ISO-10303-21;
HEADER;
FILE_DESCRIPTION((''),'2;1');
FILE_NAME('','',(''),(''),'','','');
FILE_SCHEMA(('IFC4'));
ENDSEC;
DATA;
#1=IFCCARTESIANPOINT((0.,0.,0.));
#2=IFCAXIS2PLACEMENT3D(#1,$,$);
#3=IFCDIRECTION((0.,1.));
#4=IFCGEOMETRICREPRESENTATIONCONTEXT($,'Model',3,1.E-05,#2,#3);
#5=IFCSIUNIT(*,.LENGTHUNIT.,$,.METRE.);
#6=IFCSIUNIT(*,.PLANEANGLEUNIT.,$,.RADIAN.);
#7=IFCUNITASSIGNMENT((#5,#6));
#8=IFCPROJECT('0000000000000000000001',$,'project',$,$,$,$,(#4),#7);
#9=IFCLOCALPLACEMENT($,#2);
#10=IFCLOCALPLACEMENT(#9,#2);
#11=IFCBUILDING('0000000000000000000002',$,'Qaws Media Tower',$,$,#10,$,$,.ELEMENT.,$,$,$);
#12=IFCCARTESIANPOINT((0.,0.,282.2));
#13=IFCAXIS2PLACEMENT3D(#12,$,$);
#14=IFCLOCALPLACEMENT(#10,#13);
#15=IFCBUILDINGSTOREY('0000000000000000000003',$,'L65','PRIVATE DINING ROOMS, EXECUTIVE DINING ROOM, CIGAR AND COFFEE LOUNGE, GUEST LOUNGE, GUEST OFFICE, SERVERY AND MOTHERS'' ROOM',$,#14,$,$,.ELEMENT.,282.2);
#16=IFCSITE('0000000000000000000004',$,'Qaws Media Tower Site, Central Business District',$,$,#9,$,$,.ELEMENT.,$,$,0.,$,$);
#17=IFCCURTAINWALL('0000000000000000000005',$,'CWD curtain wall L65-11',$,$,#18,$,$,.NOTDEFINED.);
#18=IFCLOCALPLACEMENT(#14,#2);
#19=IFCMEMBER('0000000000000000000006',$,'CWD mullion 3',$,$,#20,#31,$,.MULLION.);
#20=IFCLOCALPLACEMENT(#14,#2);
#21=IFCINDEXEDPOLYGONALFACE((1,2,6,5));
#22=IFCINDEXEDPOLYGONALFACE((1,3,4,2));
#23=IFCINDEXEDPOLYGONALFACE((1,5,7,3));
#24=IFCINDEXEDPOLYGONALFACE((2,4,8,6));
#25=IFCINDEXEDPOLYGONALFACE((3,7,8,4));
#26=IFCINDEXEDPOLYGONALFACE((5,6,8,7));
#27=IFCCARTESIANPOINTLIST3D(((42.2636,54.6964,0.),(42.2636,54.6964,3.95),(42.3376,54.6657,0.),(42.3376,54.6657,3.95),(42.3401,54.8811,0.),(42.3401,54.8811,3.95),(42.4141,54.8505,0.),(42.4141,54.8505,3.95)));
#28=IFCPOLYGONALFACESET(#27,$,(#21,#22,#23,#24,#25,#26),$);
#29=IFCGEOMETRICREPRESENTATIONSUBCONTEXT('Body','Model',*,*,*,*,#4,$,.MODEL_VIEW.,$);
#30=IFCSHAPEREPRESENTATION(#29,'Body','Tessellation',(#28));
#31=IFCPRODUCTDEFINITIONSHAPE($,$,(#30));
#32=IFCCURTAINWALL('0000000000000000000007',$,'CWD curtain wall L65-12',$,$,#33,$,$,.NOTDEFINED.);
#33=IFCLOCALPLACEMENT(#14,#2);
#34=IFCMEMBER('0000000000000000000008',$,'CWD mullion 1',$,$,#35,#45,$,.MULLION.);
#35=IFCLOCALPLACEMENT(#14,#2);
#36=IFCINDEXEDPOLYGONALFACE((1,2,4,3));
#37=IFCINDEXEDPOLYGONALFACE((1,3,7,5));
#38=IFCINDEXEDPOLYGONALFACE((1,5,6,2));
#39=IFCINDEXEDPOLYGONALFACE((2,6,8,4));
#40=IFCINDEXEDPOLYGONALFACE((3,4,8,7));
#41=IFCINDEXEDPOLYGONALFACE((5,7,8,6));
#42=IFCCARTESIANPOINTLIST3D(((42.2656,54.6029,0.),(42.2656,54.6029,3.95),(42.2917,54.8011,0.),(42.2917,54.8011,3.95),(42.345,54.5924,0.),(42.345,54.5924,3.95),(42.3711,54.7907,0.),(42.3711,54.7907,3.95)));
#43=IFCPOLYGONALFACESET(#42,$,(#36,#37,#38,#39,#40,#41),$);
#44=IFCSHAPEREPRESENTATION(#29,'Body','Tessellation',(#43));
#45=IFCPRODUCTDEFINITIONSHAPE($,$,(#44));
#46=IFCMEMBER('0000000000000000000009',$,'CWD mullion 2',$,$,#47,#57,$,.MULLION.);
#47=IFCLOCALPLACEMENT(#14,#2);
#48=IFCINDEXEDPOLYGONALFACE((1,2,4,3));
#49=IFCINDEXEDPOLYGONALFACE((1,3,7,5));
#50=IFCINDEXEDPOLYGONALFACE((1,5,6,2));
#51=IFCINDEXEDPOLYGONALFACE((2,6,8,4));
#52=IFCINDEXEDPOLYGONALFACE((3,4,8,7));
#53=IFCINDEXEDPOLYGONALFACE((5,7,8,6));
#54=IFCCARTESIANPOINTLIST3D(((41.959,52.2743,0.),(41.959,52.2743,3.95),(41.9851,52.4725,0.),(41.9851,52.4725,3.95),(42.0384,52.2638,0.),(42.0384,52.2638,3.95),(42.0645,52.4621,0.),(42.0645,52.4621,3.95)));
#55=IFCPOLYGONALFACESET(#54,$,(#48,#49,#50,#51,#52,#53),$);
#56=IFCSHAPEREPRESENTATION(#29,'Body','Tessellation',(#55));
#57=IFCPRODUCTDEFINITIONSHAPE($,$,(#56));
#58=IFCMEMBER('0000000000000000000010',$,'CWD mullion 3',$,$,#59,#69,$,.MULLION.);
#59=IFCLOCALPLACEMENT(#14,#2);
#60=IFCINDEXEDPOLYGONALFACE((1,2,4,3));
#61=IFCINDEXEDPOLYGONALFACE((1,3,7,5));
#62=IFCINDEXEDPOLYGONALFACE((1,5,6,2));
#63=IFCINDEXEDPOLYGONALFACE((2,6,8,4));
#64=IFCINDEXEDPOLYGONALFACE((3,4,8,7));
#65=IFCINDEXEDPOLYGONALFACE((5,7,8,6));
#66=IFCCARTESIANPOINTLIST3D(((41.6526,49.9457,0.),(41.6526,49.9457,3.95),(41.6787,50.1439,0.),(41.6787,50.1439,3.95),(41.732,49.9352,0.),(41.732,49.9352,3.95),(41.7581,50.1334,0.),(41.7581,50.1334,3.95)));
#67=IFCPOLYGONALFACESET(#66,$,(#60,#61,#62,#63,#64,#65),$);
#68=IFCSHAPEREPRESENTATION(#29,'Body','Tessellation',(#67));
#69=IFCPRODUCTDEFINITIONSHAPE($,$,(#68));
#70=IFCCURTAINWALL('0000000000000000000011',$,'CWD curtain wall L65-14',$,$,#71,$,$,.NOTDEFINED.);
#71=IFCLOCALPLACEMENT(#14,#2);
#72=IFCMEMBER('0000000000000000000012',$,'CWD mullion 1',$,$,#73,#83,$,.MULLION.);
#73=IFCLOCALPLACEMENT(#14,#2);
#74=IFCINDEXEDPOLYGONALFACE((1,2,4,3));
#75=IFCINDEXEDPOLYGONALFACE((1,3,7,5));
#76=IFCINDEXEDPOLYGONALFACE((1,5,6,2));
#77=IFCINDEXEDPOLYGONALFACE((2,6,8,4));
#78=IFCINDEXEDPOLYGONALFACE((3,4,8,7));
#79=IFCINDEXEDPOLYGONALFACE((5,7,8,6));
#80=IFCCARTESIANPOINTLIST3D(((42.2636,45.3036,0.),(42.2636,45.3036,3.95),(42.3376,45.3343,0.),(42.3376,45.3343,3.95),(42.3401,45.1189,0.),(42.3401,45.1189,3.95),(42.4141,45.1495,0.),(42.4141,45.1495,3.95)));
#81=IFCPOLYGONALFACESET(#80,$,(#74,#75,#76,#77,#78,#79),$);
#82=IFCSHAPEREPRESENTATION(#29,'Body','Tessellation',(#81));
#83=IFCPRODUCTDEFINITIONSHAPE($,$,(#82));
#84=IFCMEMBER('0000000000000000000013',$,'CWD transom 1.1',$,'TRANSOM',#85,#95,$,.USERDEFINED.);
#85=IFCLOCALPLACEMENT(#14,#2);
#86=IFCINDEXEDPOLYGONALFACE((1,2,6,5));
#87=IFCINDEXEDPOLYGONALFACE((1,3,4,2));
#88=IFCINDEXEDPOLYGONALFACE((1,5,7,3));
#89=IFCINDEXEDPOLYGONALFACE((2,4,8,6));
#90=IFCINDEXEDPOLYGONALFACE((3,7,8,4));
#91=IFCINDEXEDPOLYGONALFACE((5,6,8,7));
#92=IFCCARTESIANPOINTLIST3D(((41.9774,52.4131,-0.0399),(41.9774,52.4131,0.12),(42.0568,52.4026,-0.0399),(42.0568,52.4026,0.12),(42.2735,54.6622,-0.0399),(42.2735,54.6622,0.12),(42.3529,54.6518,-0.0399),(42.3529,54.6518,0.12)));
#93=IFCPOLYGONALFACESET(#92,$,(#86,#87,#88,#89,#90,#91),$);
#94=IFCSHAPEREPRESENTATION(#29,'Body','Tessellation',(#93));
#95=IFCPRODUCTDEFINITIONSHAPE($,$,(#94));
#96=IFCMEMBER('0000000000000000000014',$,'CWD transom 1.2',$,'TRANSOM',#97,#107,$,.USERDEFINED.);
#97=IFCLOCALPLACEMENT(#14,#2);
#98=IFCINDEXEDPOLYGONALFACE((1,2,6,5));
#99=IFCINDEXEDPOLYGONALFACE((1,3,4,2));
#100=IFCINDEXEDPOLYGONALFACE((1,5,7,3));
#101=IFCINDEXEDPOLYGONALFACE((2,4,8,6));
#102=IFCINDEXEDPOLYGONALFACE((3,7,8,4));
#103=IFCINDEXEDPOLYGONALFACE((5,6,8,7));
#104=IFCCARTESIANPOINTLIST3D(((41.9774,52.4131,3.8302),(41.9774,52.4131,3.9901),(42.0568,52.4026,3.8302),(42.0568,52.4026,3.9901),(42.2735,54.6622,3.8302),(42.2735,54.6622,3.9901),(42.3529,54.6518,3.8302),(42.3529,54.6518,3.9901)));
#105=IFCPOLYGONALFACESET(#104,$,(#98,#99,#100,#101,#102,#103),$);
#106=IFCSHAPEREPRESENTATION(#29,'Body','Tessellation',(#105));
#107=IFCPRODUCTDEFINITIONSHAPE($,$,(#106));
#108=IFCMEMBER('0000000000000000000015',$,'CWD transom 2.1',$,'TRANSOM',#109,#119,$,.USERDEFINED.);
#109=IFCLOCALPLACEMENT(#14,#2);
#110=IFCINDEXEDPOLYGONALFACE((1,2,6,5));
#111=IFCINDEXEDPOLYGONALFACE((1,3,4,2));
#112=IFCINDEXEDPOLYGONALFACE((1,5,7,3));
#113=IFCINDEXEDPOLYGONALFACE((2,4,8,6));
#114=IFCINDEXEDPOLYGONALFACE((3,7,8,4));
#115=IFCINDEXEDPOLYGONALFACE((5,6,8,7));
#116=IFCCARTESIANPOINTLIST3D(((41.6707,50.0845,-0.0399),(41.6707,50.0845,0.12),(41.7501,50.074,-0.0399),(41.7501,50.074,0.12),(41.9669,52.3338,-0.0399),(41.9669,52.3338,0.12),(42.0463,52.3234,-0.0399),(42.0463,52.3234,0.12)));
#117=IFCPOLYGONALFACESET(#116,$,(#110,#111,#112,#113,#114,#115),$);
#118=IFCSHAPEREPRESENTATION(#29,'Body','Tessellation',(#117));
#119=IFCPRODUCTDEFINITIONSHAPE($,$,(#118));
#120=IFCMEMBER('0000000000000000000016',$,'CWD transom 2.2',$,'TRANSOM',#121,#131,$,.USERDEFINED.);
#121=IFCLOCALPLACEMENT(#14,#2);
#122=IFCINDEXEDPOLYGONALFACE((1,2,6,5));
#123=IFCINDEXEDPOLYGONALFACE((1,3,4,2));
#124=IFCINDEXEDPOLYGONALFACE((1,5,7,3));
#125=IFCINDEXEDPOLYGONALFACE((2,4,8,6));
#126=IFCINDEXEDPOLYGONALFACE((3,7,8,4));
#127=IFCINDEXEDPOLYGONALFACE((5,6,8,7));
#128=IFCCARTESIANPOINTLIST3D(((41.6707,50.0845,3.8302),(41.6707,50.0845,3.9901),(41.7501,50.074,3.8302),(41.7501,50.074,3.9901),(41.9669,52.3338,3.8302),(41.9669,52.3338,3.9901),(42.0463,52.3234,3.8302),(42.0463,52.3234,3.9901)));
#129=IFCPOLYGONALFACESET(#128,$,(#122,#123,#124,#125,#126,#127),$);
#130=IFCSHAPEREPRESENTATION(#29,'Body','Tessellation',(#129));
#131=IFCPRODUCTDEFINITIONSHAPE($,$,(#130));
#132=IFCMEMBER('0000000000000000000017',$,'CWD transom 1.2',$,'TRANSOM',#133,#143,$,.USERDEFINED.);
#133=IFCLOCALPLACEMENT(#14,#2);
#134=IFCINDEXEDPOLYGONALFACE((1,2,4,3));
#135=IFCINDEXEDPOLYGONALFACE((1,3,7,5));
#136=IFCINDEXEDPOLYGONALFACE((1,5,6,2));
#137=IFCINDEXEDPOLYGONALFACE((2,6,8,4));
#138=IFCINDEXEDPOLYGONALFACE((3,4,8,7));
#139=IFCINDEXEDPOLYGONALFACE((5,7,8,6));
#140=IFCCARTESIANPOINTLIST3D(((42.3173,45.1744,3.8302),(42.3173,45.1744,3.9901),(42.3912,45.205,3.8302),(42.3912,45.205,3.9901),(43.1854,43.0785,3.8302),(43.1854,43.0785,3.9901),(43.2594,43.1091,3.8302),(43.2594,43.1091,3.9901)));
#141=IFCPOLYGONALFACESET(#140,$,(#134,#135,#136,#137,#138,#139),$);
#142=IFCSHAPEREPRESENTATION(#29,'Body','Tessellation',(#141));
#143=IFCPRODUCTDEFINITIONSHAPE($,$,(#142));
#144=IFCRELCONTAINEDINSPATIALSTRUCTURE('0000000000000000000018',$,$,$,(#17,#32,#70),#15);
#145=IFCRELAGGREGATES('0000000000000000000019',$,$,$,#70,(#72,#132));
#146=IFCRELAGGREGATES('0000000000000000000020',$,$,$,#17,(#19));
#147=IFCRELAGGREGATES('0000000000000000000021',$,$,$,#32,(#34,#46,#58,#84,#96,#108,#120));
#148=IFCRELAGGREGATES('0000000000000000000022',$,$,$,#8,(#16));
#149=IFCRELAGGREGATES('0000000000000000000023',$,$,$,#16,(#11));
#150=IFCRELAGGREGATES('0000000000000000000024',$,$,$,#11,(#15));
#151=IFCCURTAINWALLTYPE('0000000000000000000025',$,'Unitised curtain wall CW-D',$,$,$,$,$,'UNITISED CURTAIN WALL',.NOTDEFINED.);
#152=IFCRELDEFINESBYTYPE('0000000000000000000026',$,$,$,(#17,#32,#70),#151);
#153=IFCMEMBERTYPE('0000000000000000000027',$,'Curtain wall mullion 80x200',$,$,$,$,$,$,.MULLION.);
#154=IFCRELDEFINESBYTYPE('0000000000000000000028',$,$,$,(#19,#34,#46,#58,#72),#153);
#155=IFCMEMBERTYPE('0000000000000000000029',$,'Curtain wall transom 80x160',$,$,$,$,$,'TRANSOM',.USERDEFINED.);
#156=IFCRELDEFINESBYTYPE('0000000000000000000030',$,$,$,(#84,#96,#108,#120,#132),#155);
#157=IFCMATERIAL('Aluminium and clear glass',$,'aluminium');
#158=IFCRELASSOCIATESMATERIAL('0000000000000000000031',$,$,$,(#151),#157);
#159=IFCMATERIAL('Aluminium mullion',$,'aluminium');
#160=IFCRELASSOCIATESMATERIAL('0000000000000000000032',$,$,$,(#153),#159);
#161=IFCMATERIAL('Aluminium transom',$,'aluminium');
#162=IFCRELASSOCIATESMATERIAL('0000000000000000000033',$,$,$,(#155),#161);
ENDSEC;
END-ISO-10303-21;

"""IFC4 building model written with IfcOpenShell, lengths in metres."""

from ifc_helpers import new_model, si_unit, direction, frame, origin, origin_2d, place, context, subcontext, project, spatial, rectangle, extrude, material, material_profile, profile_set, type_object, element, aggregate, save


model = new_model("IFC4")

# Units and contexts
model_context = context("Model", 3, precision=1e-05, world=origin(), true_north=direction((0.0, 1.0)))
body_context = subcontext(model_context, "Body", "Model", "MODEL_VIEW")
ifc_project = project(units=[si_unit("LENGTHUNIT", "METRE"), si_unit("PLANEANGLEUNIT", "RADIAN")], contexts=[model_context])

# Site, building, storey
site_placement = place(None, origin())
site = spatial("IfcSite", under=ifc_project, at=site_placement, Name="Qaws Media Tower Site, Central Business District", CompositionType="ELEMENT", RefElevation=0.0)
building_placement = place(site_placement, origin())
building = spatial("IfcBuilding", under=site, at=building_placement, Name="Qaws Media Tower", CompositionType="ELEMENT")
storey_placement = place(building_placement, frame((0.0, 0.0, 282.2)))
storey = spatial("IfcBuildingStorey", under=building, at=storey_placement, Name="L65", Description="PRIVATE DINING ROOMS, EXECUTIVE DINING ROOM, CIGAR AND COFFEE LOUNGE, GUEST LOUNGE, GUEST OFFICE, SERVERY AND MOTHERS' ROOM", CompositionType="ELEMENT", Elevation=282.2)

# Curtain wall, member
ifc_material_1 = material(Name="Aluminium and clear glass", Category="aluminium")
curtain_wall_type = type_object("IfcCurtainWallType", Name="Unitised curtain wall CW-D", ElementType="UNITISED CURTAIN WALL", PredefinedType="NOTDEFINED", material=ifc_material_1)
curtain_wall_1_placement = place(storey_placement, origin())
curtain_wall_1 = element("IfcCurtainWall", 1, at=curtain_wall_1_placement, inside=storey, type_object=curtain_wall_type, Name="CWD curtain wall L65-11", PredefinedType="NOTDEFINED")
ifc_material_2 = material(Name="Aluminium mullion", Category="aluminium")
ifc_material_profile_1 = material_profile(ifc_material_2, rectangle(XDim=0.0801, YDim=0.2, at=origin_2d()), Name="80x200")
ifc_profile_set_1 = profile_set([ifc_material_profile_1], Name="Aluminium mullion")
member_type_1 = type_object("IfcMemberType", Name="Curtain wall mullion 80x200", PredefinedType="MULLION", material=ifc_profile_set_1)
member_1_placement = place(storey_placement, frame((42.3389, 54.7734, 0.0), z_axis=(0.0, 0.0, 1.0), x_axis=(0.923879, -0.382684, 0.0)))
member_1 = element("IfcMember", 2, at=member_1_placement, type_object=member_type_1, Name="CWD mullion 3", PredefinedType="MULLION", context=body_context, shape_type="SweptSolid", body=[
    extrude(rectangle(XDim=0.0801, YDim=0.2, at=origin_2d()), origin(), (0.0, 0.0, 1.0), 3.95),
])

# Curtain wall, members
curtain_wall_2_placement = place(storey_placement, origin())
curtain_wall_2 = element("IfcCurtainWall", 3, at=curtain_wall_2_placement, inside=storey, type_object=curtain_wall_type, Name="CWD curtain wall L65-12", PredefinedType="NOTDEFINED")
member_2_placement = place(storey_placement, frame((42.3184, 54.6968, 0.0), z_axis=(0.0, 0.0, 1.0), x_axis=(0.991445, -0.130526, 0.0)))
member_2 = element("IfcMember", 4, at=member_2_placement, type_object=member_type_1, Name="CWD mullion 1", PredefinedType="MULLION", context=body_context, shape_type="SweptSolid", body=[
    extrude(rectangle(XDim=0.0801, YDim=0.2, at=origin_2d()), origin(), (0.0, 0.0, 1.0), 3.95),
])
member_3_placement = place(storey_placement, frame((42.0117, 52.3682, 0.0), z_axis=(0.0, 0.0, 1.0), x_axis=(0.991445, -0.130526, 0.0)))
member_3 = element("IfcMember", 5, at=member_3_placement, type_object=member_type_1, Name="CWD mullion 2", PredefinedType="MULLION", context=body_context, shape_type="SweptSolid", body=[
    extrude(rectangle(XDim=0.0801, YDim=0.2, at=origin_2d()), origin(), (0.0, 0.0, 1.0), 3.95),
])
member_4_placement = place(storey_placement, frame((41.7053, 50.0396, 0.0), z_axis=(0.0, 0.0, 1.0), x_axis=(0.991445, -0.130526, 0.0)))
member_4 = element("IfcMember", 6, at=member_4_placement, type_object=member_type_1, Name="CWD mullion 3", PredefinedType="MULLION", context=body_context, shape_type="SweptSolid", body=[
    extrude(rectangle(XDim=0.0801, YDim=0.2, at=origin_2d()), origin(), (0.0, 0.0, 1.0), 3.95),
])

# Curtain wall, member
curtain_wall_3_placement = place(storey_placement, origin())
curtain_wall_3 = element("IfcCurtainWall", 7, at=curtain_wall_3_placement, inside=storey, type_object=curtain_wall_type, Name="CWD curtain wall L65-14", PredefinedType="NOTDEFINED")
member_5_placement = place(storey_placement, frame((42.3389, 45.2266, 0.0), z_axis=(0.0, 0.0, 1.0), x_axis=(0.923879, 0.382684, 0.0)))
member_5 = element("IfcMember", 8, at=member_5_placement, type_object=member_type_1, Name="CWD mullion 1", PredefinedType="MULLION", context=body_context, shape_type="SweptSolid", body=[
    extrude(rectangle(XDim=0.0801, YDim=0.2, at=origin_2d()), origin(), (0.0, 0.0, 1.0), 3.95),
])

# Members
ifc_material_3 = material(Name="Aluminium transom", Category="aluminium")
ifc_material_profile_2 = material_profile(ifc_material_3, rectangle(XDim=0.0801, YDim=0.1599, at=origin_2d()), Name="80x160")
ifc_profile_set_2 = profile_set([ifc_material_profile_2], Name="Aluminium transom")
member_type_2 = type_object("IfcMemberType", Name="Curtain wall transom 80x160", ElementType="TRANSOM", PredefinedType="USERDEFINED", material=ifc_profile_set_2)
member_6_placement = place(storey_placement, frame((42.3132, 54.657, 0.04), z_axis=(-0.130549, -0.991442, 0.0), x_axis=(0.991442, -0.130549, 0.0)))
member_6 = element("IfcMember", 9, at=member_6_placement, type_object=member_type_2, Name="CWD transom 1.1", ObjectType="TRANSOM", PredefinedType="USERDEFINED", context=body_context, shape_type="SweptSolid", body=[
    extrude(rectangle(XDim=0.0801, YDim=0.1599, at=origin_2d()), origin(), (0.0, 0.0, 1.0), 2.2686),
])
member_7_placement = place(storey_placement, frame((42.3132, 54.657, 3.9102), z_axis=(-0.130549, -0.991442, 0.0), x_axis=(0.991442, -0.130549, 0.0)))
member_7 = element("IfcMember", 10, at=member_7_placement, type_object=member_type_2, Name="CWD transom 1.2", ObjectType="TRANSOM", PredefinedType="USERDEFINED", context=body_context, shape_type="SweptSolid", body=[
    extrude(rectangle(XDim=0.0801, YDim=0.1599, at=origin_2d()), origin(), (0.0, 0.0, 1.0), 2.2686),
])
member_8_placement = place(storey_placement, frame((42.0066, 52.3286, 0.04), z_axis=(-0.130535, -0.991444, 0.0), x_axis=(0.991444, -0.130535, 0.0)))
member_8 = element("IfcMember", 11, at=member_8_placement, type_object=member_type_2, Name="CWD transom 2.1", ObjectType="TRANSOM", PredefinedType="USERDEFINED", context=body_context, shape_type="SweptSolid", body=[
    extrude(rectangle(XDim=0.0801, YDim=0.1599, at=origin_2d()), origin(), (0.0, 0.0, 1.0), 2.2688),
])
member_9_placement = place(storey_placement, frame((42.0066, 52.3286, 3.9102), z_axis=(-0.130535, -0.991444, 0.0), x_axis=(0.991444, -0.130535, 0.0)))
member_9 = element("IfcMember", 12, at=member_9_placement, type_object=member_type_2, Name="CWD transom 2.2", ObjectType="TRANSOM", PredefinedType="USERDEFINED", context=body_context, shape_type="SweptSolid", body=[
    extrude(rectangle(XDim=0.0801, YDim=0.1599, at=origin_2d()), origin(), (0.0, 0.0, 1.0), 2.2688),
])
member_10_placement = place(storey_placement, frame((42.3542, 45.1897, 3.9102), z_axis=(0.382681, -0.92388, 0.0), x_axis=(0.92388, 0.382681, 0.0)))
member_10 = element("IfcMember", 13, at=member_10_placement, type_object=member_type_2, Name="CWD transom 1.2", ObjectType="TRANSOM", PredefinedType="USERDEFINED", context=body_context, shape_type="SweptSolid", body=[
    extrude(rectangle(XDim=0.0801, YDim=0.1599, at=origin_2d()), origin(), (0.0, 0.0, 1.0), 2.2686),
])
aggregate(curtain_wall_3, [member_5, member_10])

aggregate(curtain_wall_1, [member_1])
aggregate(curtain_wall_2, [member_2, member_3, member_4, member_6, member_7, member_8, member_9])

save(model, "model.ifc")
